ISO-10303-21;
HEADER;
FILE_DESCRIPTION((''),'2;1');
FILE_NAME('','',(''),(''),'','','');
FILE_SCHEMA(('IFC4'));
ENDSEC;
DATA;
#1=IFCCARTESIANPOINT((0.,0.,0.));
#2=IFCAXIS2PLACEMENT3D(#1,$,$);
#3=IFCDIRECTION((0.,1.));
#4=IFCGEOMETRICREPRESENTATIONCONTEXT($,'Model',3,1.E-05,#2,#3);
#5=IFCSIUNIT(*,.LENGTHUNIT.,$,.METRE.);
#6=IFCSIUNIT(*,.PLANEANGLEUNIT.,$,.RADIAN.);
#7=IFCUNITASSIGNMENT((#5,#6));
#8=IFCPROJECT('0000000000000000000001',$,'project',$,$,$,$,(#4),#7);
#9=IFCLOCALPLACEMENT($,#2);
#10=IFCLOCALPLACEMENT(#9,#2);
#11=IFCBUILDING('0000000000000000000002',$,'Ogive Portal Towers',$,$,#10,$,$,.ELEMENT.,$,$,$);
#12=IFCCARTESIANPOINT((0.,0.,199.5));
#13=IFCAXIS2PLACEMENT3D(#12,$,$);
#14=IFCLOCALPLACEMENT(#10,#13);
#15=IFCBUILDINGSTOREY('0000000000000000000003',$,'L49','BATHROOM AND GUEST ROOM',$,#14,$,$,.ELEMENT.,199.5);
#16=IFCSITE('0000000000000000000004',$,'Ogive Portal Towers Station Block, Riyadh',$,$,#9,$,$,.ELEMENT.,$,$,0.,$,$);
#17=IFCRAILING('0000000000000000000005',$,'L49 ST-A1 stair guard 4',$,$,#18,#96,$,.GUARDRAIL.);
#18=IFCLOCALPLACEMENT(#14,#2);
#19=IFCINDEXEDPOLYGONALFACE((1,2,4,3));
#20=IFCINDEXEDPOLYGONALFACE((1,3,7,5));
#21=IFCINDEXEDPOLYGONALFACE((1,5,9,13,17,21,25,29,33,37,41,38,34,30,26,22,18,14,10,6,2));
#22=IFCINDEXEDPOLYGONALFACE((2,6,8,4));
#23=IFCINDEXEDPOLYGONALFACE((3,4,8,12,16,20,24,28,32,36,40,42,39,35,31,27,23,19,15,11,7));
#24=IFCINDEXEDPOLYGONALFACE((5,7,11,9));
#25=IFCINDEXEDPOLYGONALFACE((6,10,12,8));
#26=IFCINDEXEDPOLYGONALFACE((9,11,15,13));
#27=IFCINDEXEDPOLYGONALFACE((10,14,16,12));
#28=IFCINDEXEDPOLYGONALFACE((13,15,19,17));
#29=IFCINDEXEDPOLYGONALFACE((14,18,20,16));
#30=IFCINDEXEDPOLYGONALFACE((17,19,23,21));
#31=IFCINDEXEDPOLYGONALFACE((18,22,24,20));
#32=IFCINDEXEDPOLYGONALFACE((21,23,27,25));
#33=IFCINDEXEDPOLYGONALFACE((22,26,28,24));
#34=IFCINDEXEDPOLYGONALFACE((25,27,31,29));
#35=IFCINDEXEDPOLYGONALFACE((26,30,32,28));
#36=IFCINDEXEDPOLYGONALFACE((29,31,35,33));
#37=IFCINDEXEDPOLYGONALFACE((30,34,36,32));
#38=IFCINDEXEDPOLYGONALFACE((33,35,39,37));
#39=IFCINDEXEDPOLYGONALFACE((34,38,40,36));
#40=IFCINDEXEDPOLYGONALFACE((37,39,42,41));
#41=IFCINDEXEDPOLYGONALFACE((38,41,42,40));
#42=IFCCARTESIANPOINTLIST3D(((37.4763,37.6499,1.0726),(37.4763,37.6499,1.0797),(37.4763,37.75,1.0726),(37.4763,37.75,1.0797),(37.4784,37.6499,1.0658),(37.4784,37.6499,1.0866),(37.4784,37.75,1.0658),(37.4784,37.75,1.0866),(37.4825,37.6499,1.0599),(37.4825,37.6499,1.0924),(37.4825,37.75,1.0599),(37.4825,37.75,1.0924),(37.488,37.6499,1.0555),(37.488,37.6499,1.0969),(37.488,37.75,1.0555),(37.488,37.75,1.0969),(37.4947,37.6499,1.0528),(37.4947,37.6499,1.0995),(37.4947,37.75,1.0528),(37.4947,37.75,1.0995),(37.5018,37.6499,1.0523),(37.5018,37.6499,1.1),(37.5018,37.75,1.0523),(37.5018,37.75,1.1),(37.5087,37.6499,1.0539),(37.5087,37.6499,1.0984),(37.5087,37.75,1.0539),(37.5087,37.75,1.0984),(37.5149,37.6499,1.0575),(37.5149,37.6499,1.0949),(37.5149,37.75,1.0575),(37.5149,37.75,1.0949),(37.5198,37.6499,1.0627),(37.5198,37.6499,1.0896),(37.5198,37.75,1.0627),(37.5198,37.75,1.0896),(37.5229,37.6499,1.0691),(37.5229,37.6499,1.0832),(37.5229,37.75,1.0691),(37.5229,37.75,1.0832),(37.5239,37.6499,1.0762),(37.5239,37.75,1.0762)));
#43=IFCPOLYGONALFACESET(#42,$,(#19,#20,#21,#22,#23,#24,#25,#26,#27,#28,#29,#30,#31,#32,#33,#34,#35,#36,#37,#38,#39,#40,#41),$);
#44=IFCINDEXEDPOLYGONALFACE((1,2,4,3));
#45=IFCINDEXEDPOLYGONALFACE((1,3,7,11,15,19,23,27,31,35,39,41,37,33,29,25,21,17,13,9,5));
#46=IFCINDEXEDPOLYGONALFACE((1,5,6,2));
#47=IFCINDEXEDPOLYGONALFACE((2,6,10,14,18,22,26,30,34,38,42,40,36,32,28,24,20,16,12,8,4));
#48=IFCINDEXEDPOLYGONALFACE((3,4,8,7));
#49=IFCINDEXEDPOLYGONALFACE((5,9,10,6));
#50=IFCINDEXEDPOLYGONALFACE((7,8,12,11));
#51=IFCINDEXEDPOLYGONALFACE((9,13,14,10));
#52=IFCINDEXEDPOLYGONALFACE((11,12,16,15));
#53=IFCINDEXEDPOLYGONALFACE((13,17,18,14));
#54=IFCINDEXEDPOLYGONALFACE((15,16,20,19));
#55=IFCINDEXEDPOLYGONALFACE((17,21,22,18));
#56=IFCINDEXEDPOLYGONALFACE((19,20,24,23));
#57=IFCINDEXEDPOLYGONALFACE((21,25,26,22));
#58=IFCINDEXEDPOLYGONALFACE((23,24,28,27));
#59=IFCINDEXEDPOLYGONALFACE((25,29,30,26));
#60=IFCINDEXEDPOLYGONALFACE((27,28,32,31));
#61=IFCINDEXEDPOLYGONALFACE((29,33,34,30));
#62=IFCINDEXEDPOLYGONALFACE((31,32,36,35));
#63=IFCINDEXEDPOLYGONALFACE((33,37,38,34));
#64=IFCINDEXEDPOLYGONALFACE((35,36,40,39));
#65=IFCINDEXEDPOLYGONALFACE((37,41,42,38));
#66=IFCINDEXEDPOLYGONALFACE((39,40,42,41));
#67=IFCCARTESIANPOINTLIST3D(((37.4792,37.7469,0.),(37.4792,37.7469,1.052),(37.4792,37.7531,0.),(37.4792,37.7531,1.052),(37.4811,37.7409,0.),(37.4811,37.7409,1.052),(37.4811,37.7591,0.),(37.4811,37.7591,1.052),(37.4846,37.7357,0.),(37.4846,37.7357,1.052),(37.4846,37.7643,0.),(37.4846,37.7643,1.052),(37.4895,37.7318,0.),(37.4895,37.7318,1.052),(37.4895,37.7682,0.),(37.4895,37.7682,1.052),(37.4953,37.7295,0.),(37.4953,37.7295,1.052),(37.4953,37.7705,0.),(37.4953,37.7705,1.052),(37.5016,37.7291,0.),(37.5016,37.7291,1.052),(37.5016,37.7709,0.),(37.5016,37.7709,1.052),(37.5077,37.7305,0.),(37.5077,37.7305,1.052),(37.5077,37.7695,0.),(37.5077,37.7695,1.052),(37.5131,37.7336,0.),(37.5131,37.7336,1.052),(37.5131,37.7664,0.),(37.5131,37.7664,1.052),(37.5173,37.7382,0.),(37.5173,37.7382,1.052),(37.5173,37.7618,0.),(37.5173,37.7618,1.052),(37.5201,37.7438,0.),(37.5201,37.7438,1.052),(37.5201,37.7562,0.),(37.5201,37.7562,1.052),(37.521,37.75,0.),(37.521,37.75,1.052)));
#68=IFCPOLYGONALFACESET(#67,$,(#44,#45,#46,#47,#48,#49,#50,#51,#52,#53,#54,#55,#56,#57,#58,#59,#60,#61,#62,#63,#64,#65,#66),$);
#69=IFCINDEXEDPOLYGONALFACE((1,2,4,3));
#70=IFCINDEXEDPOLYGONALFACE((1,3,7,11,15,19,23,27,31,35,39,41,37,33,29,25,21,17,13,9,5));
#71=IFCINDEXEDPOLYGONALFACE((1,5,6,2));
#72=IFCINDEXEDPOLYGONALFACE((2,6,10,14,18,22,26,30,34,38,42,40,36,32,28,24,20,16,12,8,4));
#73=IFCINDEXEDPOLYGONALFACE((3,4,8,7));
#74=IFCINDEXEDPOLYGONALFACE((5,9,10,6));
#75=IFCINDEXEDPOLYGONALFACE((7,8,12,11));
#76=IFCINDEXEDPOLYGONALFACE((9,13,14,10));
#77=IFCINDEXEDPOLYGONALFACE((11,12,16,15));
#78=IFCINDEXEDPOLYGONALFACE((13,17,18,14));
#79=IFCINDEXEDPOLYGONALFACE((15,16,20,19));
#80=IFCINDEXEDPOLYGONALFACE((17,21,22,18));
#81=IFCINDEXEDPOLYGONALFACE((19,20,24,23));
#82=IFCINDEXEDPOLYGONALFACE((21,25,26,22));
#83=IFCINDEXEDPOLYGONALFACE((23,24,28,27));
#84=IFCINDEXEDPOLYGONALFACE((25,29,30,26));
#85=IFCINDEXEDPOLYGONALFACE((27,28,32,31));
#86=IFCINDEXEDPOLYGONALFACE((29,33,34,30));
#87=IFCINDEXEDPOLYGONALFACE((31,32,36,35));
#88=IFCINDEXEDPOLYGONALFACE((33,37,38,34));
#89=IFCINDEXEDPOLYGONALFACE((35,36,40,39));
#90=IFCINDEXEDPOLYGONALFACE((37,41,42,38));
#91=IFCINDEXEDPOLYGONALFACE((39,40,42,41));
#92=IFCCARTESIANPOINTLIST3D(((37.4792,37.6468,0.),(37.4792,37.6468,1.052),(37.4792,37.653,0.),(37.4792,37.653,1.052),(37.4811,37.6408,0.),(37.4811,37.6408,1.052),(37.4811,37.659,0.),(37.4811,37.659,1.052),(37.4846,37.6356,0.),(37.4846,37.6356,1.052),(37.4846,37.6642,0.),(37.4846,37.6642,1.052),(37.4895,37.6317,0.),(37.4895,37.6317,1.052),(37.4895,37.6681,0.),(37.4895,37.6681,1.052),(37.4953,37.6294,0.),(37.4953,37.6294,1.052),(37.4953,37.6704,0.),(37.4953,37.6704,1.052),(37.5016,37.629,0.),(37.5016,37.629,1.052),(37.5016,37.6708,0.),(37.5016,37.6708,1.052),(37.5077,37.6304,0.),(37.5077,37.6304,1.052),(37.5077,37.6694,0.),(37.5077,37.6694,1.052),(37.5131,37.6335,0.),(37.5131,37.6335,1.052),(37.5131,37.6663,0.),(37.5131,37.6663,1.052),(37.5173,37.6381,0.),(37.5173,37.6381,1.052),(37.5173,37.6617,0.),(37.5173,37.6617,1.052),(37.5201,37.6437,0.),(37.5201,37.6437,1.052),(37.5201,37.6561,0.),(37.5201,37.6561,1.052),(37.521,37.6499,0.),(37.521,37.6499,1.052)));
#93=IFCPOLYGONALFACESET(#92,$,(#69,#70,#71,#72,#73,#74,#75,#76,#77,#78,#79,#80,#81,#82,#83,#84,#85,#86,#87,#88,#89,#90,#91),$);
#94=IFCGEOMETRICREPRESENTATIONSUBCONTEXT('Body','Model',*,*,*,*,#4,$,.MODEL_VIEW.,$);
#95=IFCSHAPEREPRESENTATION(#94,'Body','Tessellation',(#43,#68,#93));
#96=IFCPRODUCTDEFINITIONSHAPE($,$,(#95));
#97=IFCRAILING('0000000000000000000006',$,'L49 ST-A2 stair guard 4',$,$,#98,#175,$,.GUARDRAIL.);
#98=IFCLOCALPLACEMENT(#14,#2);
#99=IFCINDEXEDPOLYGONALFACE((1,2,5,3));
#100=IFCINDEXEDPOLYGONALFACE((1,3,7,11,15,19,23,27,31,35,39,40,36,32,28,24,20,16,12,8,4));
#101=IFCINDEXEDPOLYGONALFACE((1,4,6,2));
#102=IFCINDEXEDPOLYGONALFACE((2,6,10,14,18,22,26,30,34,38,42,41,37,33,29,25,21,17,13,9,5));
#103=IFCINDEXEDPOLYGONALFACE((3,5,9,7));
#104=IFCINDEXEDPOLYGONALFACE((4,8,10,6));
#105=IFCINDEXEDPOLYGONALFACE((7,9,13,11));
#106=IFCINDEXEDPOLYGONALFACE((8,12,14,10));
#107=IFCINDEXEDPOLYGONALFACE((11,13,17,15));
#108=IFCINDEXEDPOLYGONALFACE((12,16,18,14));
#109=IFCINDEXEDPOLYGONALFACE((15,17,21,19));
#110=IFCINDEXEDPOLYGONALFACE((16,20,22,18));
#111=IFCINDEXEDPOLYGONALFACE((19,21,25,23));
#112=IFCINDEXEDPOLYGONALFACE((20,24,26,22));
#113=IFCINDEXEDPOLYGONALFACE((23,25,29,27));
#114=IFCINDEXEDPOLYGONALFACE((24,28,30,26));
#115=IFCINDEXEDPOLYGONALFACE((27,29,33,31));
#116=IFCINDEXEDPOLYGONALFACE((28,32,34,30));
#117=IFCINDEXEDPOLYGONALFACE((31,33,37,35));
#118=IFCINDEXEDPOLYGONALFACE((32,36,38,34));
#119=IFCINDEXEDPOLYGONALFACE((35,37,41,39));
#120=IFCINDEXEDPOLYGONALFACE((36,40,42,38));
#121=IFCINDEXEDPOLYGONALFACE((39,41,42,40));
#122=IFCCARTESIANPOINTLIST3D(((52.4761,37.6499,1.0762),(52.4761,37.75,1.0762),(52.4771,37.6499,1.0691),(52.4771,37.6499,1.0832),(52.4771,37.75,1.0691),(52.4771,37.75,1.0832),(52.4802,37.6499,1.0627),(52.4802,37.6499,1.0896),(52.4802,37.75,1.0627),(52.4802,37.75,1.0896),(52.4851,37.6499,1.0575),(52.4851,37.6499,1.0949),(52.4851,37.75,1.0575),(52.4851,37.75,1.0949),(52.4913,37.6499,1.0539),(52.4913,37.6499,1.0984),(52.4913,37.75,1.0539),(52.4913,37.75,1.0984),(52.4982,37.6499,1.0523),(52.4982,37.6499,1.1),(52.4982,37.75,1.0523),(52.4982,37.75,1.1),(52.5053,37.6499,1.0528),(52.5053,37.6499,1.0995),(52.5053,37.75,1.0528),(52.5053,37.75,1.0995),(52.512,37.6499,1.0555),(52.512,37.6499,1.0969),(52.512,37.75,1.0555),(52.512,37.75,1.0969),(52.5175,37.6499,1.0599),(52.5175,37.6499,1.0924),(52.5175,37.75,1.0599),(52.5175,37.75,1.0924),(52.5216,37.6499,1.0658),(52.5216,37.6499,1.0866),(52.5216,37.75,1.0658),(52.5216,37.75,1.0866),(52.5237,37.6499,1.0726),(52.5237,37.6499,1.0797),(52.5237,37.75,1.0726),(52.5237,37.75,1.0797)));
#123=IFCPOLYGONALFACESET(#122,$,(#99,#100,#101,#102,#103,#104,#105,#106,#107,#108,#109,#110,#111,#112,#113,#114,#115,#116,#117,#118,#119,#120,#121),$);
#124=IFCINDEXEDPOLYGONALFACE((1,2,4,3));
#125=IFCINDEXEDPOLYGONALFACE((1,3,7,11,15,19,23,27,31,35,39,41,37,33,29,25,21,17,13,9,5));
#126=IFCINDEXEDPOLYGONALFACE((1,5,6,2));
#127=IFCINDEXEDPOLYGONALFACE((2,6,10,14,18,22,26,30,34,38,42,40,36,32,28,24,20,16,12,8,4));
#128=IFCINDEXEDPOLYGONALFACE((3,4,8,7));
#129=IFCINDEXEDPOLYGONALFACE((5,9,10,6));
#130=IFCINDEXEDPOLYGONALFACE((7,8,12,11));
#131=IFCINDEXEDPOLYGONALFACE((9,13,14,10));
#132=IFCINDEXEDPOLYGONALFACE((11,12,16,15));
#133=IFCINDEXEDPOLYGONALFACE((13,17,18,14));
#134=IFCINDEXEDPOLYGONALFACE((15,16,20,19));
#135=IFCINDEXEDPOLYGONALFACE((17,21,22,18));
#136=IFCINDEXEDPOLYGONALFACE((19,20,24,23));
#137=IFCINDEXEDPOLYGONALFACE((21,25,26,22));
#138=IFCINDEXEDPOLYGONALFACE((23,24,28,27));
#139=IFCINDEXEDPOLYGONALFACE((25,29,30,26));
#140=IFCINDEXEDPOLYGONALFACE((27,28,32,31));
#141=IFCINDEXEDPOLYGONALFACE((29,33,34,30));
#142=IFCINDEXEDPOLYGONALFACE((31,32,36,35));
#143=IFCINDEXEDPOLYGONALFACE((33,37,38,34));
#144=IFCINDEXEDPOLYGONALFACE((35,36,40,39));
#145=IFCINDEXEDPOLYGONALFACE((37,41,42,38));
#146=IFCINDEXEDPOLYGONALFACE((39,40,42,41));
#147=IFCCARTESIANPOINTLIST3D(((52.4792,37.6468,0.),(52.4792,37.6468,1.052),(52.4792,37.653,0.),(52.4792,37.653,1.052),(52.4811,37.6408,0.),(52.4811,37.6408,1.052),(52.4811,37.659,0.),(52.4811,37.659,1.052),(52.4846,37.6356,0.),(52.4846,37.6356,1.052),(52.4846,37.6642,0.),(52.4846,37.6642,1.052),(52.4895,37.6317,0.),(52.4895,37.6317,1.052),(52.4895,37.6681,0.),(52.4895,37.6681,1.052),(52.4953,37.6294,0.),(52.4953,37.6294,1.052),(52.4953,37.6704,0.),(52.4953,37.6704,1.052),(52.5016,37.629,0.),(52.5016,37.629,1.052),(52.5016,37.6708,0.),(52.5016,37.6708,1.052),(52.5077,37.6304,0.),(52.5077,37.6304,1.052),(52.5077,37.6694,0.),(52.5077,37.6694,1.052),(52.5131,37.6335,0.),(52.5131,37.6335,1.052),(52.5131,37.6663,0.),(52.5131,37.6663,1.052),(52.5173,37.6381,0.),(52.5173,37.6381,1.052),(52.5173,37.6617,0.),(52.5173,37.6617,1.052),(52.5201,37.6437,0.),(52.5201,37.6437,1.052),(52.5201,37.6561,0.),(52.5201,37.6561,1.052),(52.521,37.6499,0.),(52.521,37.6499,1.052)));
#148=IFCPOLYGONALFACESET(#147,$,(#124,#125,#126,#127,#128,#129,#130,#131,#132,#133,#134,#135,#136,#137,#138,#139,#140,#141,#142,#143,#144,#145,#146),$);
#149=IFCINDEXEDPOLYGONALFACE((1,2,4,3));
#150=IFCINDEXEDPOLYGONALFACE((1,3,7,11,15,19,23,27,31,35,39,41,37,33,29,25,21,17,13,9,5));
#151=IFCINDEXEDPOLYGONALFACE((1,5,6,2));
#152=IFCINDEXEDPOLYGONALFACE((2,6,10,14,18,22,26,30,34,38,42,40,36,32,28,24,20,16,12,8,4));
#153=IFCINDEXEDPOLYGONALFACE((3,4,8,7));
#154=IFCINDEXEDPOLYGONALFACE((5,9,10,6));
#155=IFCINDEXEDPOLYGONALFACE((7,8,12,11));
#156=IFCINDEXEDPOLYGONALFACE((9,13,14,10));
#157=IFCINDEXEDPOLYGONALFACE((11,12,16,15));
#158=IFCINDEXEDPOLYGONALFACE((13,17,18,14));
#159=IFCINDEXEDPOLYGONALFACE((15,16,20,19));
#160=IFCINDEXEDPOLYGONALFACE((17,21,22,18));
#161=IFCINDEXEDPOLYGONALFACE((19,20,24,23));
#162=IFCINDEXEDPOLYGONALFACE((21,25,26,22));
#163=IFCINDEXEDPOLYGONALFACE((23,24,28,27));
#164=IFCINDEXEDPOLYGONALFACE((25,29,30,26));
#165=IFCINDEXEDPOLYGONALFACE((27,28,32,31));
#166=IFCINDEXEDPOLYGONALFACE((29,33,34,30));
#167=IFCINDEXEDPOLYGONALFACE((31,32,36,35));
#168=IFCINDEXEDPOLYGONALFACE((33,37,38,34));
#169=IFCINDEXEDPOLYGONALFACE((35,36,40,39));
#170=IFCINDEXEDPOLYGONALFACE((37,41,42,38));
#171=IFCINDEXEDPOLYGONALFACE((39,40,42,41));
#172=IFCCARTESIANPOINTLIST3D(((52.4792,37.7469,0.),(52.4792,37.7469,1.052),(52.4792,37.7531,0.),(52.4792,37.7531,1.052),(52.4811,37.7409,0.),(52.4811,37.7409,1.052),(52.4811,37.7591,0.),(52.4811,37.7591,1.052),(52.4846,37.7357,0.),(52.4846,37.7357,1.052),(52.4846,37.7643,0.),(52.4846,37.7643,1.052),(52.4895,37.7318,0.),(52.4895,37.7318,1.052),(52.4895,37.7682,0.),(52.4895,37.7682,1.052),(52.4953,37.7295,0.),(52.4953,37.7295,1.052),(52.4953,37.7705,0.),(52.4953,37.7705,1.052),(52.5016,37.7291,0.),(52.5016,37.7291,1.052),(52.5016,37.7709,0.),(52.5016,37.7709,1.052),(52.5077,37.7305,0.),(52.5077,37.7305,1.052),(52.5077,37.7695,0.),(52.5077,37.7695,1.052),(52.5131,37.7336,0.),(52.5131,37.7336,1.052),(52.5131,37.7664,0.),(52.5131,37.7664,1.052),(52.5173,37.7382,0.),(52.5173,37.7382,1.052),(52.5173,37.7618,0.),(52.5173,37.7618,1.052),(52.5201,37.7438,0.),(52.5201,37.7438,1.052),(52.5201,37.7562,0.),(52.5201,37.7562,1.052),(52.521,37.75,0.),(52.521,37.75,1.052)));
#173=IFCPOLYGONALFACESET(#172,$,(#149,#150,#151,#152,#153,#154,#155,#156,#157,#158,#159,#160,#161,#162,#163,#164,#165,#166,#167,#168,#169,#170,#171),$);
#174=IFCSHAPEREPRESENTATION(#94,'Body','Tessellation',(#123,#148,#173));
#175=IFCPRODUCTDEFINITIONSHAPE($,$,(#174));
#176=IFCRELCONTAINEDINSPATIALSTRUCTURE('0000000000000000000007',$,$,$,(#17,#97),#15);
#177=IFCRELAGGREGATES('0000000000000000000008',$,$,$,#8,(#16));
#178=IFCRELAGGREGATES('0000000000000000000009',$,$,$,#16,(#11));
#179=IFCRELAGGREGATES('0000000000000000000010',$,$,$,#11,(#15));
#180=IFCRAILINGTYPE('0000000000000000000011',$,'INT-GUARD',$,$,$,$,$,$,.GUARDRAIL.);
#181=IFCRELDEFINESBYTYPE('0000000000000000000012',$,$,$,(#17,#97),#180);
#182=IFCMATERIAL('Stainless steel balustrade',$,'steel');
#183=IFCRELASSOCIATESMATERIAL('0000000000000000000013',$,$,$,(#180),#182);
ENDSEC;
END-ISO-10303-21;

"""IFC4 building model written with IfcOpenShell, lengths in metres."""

from ifc_helpers import new_model, si_unit, direction, frame, origin, origin_2d, place, context, subcontext, project, spatial, circle, extrude, material, type_object, element, save


model = new_model("IFC4")

# Units and contexts
model_context = context("Model", 3, precision=1e-05, world=origin(), true_north=direction((0.0, 1.0)))
body_context = subcontext(model_context, "Body", "Model", "MODEL_VIEW")
ifc_project = project(units=[si_unit("LENGTHUNIT", "METRE"), si_unit("PLANEANGLEUNIT", "RADIAN")], contexts=[model_context])

# Site, building, storey
site_placement = place(None, origin())
site = spatial("IfcSite", under=ifc_project, at=site_placement, Name="Ogive Portal Towers Station Block, Riyadh", CompositionType="ELEMENT", RefElevation=0.0)
building_placement = place(site_placement, origin())
building = spatial("IfcBuilding", under=site, at=building_placement, Name="Ogive Portal Towers", CompositionType="ELEMENT")
storey_placement = place(building_placement, frame((0.0, 0.0, 199.5)))
storey = spatial("IfcBuildingStorey", under=building, at=storey_placement, Name="L49", Description="BATHROOM AND GUEST ROOM", CompositionType="ELEMENT", Elevation=199.5)

# Railings
ifc_material_1 = material(Name="Stainless steel balustrade", Category="steel")
railing_type_1 = type_object("IfcRailingType", Name="INT-GUARD", PredefinedType="GUARDRAIL", material=ifc_material_1)
railing_1_placement = place(storey_placement, frame((37.5, 37.75, 0.0)))
element("IfcRailing", 1, at=railing_1_placement, inside=storey, type_object=railing_type_1, Name="L49 ST-A1 stair guard 4", PredefinedType="GUARDRAIL", context=body_context, shape_type="SweptSolid", body=[
    extrude(circle(Radius=0.0239, at=origin_2d()), frame((0.0, 0.0, 1.0762), z_axis=(0.0, -1.0, 0.0), x_axis=(1.0, 0.0, 0.0)), (0.0, 0.0, 1.0), 0.1001),
    extrude(circle(Radius=0.021, at=origin_2d()), origin(), (0.0, 0.0, 1.0), 1.052),
    extrude(circle(Radius=0.021, at=origin_2d()), frame((0.0, -0.1001, 0.0)), (0.0, 0.0, 1.0), 1.052),
])
railing_2_placement = place(storey_placement, frame((52.5, 37.6499, 0.0)))
element("IfcRailing", 2, at=railing_2_placement, inside=storey, type_object=railing_type_1, Name="L49 ST-A2 stair guard 4", PredefinedType="GUARDRAIL", context=body_context, shape_type="SweptSolid", body=[
    extrude(circle(Radius=0.0239, at=origin_2d()), frame((0.0, 0.0, 1.0762), z_axis=(0.0, 1.0, 0.0), x_axis=(-1.0, 0.0, 0.0)), (0.0, 0.0, 1.0), 0.1001),
    extrude(circle(Radius=0.021, at=origin_2d()), origin(), (0.0, 0.0, 1.0), 1.052),
    extrude(circle(Radius=0.021, at=origin_2d()), frame((0.0, 0.1001, 0.0)), (0.0, 0.0, 1.0), 1.052),
])

save(model, "model.ifc")
